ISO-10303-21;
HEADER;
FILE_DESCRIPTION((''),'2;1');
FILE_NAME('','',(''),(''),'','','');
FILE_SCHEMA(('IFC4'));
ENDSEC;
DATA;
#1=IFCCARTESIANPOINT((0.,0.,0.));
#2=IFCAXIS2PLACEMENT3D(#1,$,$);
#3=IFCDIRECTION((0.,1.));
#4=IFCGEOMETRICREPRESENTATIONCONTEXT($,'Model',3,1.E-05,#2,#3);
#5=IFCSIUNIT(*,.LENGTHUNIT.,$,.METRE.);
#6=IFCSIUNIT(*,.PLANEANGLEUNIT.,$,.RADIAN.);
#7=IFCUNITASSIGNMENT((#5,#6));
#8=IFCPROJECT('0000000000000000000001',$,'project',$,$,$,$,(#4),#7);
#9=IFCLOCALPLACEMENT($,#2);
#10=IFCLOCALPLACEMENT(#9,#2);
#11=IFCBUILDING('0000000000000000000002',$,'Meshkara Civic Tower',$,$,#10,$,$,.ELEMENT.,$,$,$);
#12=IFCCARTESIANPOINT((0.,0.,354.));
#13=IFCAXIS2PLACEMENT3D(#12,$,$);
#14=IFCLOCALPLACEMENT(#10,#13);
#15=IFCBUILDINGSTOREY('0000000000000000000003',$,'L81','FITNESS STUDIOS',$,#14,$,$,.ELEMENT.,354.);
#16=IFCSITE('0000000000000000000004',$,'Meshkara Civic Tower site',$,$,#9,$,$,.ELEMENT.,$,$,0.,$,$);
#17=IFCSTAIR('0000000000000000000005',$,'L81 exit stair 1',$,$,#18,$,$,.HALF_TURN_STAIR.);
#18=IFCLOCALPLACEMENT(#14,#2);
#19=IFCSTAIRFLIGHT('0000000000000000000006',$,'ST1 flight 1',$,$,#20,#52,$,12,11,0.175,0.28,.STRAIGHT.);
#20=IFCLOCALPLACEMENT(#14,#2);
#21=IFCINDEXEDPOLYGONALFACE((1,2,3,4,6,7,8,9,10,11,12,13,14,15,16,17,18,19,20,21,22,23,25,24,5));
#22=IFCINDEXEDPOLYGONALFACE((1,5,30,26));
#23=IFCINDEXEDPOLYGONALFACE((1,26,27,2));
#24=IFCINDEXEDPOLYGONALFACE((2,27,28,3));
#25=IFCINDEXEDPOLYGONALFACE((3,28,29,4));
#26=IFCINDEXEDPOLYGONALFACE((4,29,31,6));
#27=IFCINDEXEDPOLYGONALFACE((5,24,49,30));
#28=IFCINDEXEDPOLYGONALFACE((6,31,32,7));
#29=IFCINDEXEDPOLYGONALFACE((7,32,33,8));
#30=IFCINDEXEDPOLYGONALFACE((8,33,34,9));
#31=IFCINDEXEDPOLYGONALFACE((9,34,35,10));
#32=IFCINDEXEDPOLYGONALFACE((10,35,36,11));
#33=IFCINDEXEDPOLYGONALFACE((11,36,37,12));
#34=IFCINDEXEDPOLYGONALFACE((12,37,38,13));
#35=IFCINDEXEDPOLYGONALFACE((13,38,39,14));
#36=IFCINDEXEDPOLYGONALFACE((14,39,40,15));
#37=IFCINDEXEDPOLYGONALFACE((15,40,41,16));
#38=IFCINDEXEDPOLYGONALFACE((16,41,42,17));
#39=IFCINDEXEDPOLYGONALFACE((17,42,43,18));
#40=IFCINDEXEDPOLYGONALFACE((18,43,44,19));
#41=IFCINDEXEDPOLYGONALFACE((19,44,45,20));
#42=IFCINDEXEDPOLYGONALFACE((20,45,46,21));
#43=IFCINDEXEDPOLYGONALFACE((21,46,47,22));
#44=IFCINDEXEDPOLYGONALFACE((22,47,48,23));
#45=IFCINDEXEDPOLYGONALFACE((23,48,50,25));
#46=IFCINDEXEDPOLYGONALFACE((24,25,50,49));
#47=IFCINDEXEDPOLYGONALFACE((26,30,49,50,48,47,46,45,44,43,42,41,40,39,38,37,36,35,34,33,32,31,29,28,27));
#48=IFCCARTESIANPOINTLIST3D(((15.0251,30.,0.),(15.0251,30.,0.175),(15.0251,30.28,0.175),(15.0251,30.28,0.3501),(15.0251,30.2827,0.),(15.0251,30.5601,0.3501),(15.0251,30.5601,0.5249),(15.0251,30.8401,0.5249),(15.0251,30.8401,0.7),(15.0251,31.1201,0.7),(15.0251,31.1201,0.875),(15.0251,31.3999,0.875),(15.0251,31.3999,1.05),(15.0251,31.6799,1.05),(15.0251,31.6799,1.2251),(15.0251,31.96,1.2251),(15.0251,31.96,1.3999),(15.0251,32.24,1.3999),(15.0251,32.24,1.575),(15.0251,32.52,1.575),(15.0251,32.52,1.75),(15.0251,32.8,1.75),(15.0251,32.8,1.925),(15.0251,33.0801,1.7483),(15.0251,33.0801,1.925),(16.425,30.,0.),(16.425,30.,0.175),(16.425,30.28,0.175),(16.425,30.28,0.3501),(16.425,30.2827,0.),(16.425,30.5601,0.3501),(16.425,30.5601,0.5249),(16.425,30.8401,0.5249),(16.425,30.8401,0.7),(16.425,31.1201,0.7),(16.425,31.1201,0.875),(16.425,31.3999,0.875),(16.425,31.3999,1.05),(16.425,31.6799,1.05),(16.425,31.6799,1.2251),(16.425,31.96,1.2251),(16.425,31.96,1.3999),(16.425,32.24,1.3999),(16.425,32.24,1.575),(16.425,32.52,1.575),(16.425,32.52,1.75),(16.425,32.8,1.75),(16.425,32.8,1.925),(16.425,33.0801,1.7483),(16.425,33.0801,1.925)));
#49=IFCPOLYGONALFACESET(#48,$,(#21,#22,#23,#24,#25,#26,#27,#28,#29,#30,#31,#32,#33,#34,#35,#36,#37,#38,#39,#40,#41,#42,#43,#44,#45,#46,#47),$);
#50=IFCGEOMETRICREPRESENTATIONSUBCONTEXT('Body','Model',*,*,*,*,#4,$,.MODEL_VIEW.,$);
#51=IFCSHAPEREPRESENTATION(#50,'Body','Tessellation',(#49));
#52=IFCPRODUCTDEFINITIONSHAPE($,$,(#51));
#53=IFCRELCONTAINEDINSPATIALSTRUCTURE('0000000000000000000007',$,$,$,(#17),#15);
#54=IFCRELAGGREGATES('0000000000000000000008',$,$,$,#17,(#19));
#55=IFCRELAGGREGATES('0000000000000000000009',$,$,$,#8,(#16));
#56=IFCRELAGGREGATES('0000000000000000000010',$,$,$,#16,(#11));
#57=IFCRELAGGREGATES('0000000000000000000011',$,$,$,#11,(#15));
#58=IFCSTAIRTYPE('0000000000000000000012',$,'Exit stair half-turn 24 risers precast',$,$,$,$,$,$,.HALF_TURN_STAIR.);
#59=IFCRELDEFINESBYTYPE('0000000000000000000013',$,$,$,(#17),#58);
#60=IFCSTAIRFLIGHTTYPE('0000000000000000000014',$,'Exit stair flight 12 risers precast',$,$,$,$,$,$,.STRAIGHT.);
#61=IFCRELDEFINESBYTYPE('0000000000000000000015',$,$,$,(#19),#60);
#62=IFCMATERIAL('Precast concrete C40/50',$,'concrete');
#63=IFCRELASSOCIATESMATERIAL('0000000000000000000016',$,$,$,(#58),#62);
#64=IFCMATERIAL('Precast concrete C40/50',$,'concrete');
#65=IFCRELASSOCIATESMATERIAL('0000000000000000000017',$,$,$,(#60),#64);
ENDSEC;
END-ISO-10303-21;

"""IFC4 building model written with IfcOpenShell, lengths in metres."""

from ifc_helpers import new_model, si_unit, direction, frame, origin, place, context, subcontext, project, spatial, polyline, outline, extrude, material, type_object, element, aggregate, save


model = new_model("IFC4")

# Units and contexts
model_context = context("Model", 3, precision=1e-05, world=origin(), true_north=direction((0.0, 1.0)))
body_context = subcontext(model_context, "Body", "Model", "MODEL_VIEW")
ifc_project = project(units=[si_unit("LENGTHUNIT", "METRE"), si_unit("PLANEANGLEUNIT", "RADIAN")], contexts=[model_context])

# Site, building, storey
site_placement = place(None, origin())
site = spatial("IfcSite", under=ifc_project, at=site_placement, Name="Meshkara Civic Tower site", CompositionType="ELEMENT", RefElevation=0.0)
building_placement = place(site_placement, origin())
building = spatial("IfcBuilding", under=site, at=building_placement, Name="Meshkara Civic Tower", CompositionType="ELEMENT")
storey_placement = place(building_placement, frame((0.0, 0.0, 354.0)))
storey = spatial("IfcBuildingStorey", under=building, at=storey_placement, Name="L81", Description="FITNESS STUDIOS", CompositionType="ELEMENT", Elevation=354.0)

# Stair, stair flight
ifc_material_1 = material(Name="Precast concrete C40/50", Category="concrete")
stair_type = type_object("IfcStairType", Name="Exit stair half-turn 24 risers precast", PredefinedType="HALF_TURN_STAIR", material=ifc_material_1)
stair_placement = place(storey_placement, origin())
stair = element("IfcStair", 1, at=stair_placement, inside=storey, type_object=stair_type, Name="L81 exit stair 1", PredefinedType="HALF_TURN_STAIR")
ifc_material_2 = material(Name="Precast concrete C40/50", Category="concrete")
stair_flight_type = type_object("IfcStairFlightType", Name="Exit stair flight 12 risers precast", PredefinedType="STRAIGHT", material=ifc_material_2)
stair_flight_placement = place(storey_placement, frame((15.7251, 30.0, 0.0), z_axis=(0.0, 0.0, 1.0), x_axis=(0.0, 1.0, 0.0)))
stair_flight = element("IfcStairFlight", 2, at=stair_flight_placement, type_object=stair_flight_type, Name="ST1 flight 1", NumberOfRisers=12, NumberOfTreads=11, PredefinedType="STRAIGHT", RiserHeight=0.175, TreadLength=0.28, context=body_context, shape_type="SweptSolid", body=[
    extrude(outline(polyline([(0.0, 0.0), (0.0, 0.175), (0.28, 0.175), (0.28, 0.3501), (0.5601, 0.3501), (0.5601, 0.5249), (0.8401, 0.5249), (0.8401, 0.7), (1.1201, 0.7), (1.1201, 0.875), (1.3999, 0.875), (1.3999, 1.05), (1.6799, 1.05), (1.6799, 1.2251), (1.96, 1.2251), (1.96, 1.3999), (2.24, 1.3999), (2.24, 1.575), (2.52, 1.575), (2.52, 1.75), (2.8, 1.75), (2.8, 1.925), (3.0801, 1.925), (3.0801, 2.1001), (3.0801, 1.7483), (0.2827, 0.0), (0.0, 0.0)])), frame((0.0, 0.7, 0.0), z_axis=(0.0, -1.0, 0.0), x_axis=(1.0, 0.0, 0.0)), (0.0, 0.0, 1.0), 1.3999),
])
aggregate(stair, [stair_flight])

save(model, "model.ifc")
